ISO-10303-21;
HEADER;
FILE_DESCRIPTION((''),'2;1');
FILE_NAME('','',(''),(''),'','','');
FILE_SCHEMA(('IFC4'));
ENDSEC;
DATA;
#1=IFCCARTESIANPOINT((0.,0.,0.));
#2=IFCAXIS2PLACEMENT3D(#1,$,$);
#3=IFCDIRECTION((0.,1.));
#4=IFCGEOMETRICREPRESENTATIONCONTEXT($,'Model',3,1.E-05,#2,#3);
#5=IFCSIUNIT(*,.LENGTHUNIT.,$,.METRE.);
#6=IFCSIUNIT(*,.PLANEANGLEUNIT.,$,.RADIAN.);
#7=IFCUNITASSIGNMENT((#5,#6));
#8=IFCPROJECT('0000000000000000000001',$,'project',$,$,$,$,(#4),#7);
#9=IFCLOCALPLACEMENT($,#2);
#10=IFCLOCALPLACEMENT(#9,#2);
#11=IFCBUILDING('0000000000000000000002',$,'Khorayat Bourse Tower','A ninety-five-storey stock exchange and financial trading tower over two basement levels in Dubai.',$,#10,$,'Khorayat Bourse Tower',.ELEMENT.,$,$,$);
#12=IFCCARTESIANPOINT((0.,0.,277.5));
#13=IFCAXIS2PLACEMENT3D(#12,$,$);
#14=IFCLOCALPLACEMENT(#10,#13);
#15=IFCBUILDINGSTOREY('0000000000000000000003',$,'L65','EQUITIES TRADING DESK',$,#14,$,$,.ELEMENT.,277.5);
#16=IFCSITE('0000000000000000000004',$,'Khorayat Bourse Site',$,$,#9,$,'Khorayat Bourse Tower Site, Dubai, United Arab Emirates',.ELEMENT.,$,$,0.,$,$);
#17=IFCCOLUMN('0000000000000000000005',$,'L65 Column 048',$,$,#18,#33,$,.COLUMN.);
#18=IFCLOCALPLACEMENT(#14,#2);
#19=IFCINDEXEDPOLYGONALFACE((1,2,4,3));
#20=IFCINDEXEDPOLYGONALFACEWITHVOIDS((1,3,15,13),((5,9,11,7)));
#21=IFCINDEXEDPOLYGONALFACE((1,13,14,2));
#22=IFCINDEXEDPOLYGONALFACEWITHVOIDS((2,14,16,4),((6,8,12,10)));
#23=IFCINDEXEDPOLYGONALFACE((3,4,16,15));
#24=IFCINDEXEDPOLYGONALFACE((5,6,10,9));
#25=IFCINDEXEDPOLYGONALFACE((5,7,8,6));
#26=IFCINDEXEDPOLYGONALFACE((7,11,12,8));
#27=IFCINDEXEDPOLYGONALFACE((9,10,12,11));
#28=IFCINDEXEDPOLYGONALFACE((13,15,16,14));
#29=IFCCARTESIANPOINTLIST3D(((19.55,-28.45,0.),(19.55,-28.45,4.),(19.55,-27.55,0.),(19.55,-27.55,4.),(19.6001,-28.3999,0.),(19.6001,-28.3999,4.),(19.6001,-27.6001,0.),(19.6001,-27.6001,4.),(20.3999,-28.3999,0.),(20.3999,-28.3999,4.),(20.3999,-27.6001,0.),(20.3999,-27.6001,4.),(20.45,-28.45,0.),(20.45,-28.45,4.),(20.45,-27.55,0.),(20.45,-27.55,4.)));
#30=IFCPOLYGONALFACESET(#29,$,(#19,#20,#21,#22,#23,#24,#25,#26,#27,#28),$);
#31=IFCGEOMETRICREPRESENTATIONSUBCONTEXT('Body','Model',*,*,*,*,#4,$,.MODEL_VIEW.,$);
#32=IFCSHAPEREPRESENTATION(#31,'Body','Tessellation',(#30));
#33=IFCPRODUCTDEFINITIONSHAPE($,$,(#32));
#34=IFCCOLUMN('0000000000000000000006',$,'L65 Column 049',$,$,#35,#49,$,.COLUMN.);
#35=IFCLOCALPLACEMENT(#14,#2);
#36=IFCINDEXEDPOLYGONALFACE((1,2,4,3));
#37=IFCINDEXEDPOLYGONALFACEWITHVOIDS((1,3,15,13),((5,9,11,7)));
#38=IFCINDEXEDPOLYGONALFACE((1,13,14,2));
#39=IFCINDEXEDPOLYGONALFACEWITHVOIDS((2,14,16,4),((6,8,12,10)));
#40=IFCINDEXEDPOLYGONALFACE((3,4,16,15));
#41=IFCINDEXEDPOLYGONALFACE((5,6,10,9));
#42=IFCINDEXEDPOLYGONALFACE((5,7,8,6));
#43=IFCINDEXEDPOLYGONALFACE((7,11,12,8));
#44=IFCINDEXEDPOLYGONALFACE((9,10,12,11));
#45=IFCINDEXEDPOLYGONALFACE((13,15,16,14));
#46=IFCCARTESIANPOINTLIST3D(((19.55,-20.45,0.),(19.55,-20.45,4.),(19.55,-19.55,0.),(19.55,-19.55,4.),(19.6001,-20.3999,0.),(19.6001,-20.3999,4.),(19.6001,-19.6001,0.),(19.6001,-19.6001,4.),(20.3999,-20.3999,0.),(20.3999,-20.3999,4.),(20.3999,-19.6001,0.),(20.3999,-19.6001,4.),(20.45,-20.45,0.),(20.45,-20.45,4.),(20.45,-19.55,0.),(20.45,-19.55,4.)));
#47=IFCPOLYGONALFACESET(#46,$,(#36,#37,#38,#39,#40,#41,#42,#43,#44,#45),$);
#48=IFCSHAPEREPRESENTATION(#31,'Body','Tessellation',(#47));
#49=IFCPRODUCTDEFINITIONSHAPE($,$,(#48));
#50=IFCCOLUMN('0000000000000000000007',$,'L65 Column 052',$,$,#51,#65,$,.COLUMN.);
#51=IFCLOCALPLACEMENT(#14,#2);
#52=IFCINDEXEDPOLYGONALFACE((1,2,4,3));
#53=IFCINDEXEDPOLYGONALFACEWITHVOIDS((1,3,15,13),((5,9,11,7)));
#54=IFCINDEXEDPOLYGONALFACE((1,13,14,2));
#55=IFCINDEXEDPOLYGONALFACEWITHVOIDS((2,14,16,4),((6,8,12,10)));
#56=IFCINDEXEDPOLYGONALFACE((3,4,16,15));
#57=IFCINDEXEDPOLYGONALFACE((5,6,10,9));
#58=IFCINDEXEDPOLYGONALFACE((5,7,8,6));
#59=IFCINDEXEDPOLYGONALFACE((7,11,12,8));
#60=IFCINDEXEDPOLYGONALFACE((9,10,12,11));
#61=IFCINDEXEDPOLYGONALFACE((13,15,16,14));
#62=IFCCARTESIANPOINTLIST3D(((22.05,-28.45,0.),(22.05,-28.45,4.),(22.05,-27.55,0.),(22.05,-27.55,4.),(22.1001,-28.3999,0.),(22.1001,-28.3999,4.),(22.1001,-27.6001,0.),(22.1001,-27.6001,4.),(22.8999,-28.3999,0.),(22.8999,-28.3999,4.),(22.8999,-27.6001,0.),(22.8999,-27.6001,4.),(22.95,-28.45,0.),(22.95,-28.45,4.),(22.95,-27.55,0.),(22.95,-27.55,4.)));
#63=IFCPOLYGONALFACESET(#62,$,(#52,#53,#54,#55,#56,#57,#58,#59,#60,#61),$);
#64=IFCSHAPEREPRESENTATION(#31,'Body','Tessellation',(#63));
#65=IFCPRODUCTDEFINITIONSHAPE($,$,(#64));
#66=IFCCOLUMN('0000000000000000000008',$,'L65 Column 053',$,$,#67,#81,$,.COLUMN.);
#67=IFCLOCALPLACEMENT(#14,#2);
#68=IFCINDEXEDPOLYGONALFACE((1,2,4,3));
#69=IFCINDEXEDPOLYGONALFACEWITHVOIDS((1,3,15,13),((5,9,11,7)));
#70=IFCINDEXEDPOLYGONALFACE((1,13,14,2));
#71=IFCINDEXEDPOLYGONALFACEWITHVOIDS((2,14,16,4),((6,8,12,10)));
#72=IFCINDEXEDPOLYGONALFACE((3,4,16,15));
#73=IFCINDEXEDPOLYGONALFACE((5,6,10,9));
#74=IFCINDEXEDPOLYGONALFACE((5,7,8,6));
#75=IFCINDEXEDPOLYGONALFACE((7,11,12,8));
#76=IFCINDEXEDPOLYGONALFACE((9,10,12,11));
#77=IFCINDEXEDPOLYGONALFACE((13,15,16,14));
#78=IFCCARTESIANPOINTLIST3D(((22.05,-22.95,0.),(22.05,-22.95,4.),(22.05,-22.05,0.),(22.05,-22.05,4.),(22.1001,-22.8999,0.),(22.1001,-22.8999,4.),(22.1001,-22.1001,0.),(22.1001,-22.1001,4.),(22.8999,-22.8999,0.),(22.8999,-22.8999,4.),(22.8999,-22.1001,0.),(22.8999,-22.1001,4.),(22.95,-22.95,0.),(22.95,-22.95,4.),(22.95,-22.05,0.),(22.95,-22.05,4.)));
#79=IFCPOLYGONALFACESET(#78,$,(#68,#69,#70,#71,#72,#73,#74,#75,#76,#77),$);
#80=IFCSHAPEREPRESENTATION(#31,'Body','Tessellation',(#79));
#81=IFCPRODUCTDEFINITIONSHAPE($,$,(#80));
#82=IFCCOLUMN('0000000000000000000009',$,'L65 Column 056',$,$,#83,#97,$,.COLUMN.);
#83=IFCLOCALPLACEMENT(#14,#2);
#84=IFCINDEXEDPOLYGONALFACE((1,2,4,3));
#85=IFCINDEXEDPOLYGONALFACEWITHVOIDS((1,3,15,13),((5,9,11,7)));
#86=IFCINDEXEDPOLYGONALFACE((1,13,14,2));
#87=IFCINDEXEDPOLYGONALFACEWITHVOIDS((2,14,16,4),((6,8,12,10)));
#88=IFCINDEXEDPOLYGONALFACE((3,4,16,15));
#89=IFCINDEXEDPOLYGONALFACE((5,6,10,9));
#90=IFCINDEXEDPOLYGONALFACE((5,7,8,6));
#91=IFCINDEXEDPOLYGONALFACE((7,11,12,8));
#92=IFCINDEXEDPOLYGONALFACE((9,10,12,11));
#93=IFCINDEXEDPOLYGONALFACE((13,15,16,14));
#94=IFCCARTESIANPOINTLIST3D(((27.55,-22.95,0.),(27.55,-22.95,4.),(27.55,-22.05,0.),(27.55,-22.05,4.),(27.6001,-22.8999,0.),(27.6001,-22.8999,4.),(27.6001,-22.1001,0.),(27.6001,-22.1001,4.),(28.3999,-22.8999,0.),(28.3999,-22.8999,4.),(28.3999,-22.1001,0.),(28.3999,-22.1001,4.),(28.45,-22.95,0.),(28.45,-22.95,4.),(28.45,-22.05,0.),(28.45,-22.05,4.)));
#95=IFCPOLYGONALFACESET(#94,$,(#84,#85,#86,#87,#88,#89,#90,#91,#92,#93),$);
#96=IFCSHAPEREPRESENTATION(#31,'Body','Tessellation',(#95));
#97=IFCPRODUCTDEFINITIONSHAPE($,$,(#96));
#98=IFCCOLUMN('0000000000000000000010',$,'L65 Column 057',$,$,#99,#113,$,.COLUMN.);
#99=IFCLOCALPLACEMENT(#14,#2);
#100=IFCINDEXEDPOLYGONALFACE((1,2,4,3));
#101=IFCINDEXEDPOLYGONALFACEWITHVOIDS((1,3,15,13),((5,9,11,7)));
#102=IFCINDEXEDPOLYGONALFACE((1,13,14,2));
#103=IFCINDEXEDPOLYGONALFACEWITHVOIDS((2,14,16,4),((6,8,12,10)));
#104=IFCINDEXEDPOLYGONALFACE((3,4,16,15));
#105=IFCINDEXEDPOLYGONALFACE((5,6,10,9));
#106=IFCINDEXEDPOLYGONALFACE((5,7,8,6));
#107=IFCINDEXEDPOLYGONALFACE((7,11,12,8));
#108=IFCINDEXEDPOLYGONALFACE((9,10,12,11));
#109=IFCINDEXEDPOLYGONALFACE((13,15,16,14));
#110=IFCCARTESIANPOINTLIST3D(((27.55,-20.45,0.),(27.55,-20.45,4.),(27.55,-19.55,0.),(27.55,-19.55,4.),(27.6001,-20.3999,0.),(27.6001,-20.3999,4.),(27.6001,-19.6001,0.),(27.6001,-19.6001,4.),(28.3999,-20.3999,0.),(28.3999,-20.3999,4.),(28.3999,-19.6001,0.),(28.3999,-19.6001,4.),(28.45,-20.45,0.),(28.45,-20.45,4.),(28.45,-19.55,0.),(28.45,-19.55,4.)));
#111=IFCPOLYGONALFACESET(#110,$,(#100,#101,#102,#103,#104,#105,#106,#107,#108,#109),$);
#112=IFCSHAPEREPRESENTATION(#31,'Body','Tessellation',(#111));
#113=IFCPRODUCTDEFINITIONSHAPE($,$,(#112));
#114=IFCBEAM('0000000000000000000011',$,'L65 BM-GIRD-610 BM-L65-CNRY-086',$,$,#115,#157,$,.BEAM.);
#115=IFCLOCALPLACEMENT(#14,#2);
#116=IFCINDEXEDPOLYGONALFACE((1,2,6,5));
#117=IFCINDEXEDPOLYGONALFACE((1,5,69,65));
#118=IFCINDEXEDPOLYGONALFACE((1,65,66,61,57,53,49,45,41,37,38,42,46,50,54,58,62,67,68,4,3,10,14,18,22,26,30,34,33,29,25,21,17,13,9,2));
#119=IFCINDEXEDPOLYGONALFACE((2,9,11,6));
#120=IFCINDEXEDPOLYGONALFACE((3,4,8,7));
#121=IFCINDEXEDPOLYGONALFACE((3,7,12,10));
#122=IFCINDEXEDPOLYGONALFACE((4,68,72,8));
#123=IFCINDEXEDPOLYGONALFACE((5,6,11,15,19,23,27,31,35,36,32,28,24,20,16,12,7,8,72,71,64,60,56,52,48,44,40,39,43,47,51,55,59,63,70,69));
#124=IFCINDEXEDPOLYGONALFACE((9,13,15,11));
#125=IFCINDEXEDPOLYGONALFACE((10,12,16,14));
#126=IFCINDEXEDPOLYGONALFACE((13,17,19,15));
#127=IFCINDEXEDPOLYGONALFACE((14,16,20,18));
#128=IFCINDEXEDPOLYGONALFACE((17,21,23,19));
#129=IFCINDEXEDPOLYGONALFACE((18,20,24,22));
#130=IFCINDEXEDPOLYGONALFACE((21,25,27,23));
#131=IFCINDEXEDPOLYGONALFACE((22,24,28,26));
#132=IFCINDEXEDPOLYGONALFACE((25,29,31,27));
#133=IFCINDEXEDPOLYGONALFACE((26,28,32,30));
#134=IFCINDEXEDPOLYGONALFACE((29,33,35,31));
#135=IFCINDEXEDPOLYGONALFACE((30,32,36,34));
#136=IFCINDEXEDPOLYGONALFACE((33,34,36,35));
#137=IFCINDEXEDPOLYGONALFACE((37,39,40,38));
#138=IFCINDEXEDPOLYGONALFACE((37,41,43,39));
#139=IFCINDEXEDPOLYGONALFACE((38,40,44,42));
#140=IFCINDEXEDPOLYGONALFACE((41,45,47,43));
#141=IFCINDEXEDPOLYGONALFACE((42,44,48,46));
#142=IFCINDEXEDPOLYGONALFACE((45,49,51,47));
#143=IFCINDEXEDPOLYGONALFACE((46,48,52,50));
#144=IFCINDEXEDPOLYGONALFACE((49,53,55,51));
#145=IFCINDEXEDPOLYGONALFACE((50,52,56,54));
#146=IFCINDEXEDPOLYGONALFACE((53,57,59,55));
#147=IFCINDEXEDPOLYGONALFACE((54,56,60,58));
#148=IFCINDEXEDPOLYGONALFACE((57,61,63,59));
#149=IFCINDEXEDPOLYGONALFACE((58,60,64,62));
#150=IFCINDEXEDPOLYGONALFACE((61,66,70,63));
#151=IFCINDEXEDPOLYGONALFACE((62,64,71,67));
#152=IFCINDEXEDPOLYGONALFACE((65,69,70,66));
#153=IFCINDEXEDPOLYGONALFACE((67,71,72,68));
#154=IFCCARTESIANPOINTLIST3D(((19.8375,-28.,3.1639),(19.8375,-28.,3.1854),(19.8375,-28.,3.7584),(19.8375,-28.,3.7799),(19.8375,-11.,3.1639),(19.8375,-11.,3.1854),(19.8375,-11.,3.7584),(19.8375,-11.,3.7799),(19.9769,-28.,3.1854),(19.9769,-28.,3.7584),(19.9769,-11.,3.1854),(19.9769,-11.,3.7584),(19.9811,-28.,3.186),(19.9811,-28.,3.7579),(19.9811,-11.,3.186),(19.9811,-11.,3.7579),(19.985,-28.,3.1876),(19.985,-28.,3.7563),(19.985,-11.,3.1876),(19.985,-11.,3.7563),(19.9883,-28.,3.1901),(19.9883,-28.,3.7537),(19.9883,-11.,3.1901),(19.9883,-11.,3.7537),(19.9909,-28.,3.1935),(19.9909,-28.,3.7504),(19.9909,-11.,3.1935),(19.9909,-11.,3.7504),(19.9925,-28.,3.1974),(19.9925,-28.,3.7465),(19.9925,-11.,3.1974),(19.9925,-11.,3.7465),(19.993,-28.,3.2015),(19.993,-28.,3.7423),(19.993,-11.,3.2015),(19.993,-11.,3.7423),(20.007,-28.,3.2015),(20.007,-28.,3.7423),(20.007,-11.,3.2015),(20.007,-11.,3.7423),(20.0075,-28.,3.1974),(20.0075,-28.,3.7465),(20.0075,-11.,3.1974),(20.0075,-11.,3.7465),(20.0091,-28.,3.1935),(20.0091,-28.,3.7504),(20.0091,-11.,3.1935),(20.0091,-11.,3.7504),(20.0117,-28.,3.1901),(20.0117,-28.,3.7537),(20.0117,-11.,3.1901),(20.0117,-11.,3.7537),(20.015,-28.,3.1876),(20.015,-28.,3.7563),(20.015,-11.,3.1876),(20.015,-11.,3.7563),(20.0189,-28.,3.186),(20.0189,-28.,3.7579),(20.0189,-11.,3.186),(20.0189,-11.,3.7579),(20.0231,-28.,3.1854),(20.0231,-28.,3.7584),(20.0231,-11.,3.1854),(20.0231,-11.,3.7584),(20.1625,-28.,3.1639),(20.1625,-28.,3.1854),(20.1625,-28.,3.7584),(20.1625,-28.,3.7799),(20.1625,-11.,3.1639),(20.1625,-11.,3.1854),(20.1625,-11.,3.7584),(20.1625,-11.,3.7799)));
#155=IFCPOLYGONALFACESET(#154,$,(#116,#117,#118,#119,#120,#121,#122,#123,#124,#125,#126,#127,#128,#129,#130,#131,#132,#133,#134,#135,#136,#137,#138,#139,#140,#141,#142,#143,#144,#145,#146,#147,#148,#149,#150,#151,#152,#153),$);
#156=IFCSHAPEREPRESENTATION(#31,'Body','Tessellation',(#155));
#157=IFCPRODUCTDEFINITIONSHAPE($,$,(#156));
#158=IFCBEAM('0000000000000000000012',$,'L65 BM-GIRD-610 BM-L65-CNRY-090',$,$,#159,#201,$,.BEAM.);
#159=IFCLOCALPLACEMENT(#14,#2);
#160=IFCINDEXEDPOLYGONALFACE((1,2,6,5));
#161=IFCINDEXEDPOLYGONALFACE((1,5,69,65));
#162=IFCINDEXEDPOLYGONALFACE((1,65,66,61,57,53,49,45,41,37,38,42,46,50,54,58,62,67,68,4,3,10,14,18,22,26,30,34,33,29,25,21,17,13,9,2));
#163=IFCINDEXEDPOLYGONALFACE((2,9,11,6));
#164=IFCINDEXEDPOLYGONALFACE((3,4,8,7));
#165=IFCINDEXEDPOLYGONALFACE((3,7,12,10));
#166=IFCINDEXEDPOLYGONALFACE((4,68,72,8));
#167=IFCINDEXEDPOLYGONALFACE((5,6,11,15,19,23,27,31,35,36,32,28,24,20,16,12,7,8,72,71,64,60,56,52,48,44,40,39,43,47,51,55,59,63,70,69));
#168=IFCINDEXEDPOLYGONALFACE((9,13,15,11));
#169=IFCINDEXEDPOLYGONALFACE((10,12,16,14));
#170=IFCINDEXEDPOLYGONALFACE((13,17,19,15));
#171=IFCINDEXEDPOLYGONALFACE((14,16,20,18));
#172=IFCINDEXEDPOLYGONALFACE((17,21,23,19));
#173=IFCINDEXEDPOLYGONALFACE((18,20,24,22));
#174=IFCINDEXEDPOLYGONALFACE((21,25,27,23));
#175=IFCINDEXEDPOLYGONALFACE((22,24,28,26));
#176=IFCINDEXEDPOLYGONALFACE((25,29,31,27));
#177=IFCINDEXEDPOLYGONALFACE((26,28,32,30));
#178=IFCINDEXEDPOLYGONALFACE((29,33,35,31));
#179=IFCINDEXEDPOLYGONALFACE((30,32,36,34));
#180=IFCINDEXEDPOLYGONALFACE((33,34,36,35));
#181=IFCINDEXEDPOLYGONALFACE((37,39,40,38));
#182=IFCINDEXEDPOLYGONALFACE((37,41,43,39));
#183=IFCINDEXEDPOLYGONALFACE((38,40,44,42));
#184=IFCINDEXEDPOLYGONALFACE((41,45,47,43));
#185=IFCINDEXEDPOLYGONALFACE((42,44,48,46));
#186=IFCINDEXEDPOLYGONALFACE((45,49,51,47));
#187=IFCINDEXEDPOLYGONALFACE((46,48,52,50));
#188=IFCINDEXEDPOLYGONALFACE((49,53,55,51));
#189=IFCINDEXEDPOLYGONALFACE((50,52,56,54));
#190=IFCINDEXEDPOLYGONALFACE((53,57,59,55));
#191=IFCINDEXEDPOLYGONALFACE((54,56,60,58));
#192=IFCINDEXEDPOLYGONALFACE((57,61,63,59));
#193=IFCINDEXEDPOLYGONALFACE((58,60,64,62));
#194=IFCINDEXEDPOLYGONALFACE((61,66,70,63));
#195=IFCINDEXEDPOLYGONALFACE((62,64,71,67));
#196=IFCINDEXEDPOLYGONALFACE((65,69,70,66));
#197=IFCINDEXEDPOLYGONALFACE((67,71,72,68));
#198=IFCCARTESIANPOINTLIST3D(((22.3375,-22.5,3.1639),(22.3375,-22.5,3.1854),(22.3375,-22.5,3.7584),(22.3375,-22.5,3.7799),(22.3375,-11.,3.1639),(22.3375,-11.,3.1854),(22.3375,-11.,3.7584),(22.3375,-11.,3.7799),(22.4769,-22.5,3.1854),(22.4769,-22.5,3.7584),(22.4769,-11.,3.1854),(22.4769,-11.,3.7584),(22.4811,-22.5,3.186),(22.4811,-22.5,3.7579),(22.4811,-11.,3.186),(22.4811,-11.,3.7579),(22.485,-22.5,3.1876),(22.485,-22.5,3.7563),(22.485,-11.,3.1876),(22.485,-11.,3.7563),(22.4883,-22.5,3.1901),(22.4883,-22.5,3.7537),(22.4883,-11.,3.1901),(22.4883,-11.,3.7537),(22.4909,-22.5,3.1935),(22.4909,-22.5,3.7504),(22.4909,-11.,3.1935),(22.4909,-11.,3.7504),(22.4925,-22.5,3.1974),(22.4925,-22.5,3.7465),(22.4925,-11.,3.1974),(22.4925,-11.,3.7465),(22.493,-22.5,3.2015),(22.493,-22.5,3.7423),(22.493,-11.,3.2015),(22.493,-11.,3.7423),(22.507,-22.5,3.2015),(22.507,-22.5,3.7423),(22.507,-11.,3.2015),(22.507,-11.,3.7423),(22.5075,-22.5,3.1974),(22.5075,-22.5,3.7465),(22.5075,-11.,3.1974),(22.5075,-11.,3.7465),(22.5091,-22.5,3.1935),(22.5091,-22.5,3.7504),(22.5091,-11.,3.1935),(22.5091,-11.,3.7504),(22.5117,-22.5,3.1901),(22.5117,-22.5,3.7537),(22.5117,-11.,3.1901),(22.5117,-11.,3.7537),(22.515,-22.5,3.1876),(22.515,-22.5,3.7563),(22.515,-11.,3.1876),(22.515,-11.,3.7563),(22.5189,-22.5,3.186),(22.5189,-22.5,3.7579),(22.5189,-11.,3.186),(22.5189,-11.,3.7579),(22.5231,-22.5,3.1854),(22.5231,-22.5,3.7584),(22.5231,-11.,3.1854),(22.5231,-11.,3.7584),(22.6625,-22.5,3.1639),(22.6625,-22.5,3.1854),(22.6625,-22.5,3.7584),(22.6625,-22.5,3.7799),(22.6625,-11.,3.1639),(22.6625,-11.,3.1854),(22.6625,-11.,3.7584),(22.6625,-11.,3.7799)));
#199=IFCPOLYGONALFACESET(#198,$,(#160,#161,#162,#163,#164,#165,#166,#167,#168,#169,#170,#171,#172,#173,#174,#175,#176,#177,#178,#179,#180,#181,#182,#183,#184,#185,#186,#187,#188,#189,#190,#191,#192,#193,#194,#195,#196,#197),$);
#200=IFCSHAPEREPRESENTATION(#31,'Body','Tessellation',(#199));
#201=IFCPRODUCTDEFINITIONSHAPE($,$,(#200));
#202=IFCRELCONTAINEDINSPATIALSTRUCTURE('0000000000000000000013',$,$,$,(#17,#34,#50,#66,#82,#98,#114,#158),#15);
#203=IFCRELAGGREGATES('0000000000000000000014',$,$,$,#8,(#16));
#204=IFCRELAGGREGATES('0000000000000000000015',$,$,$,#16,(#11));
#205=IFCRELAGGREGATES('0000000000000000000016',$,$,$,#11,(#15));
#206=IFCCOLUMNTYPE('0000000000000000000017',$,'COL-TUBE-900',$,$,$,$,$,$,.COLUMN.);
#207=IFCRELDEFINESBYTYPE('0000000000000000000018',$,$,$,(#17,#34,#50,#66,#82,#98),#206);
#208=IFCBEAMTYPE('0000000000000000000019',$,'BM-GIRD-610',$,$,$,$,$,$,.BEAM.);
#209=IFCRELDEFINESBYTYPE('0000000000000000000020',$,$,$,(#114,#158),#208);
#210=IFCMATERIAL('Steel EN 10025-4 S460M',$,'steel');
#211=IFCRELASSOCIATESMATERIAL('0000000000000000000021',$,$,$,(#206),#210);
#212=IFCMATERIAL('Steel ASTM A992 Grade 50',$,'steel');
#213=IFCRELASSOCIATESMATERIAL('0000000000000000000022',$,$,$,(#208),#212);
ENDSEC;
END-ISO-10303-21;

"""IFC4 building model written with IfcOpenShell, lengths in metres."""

from ifc_helpers import new_model, si_unit, direction, frame, origin, origin_2d, place, context, subcontext, project, spatial, hollow_rectangle, i_section, extrude, source, transform, mapped, material, material_profile, profile_set, type_object, element, save


model = new_model("IFC4")

# Units and contexts
model_context = context("Model", 3, precision=1e-05, world=origin(), true_north=direction((0.0, 1.0)))
body_context = subcontext(model_context, "Body", "Model", "MODEL_VIEW")
ifc_project = project(units=[si_unit("LENGTHUNIT", "METRE"), si_unit("PLANEANGLEUNIT", "RADIAN")], contexts=[model_context])

# Site, building, storey
site_placement = place(None, origin())
site = spatial("IfcSite", under=ifc_project, at=site_placement, Name="Khorayat Bourse Site", LongName="Khorayat Bourse Tower Site, Dubai, United Arab Emirates", CompositionType="ELEMENT", RefElevation=0.0)
building_placement = place(site_placement, origin())
building = spatial("IfcBuilding", under=site, at=building_placement, Name="Khorayat Bourse Tower", Description="A ninety-five-storey stock exchange and financial trading tower over two basement levels in Dubai.", LongName="Khorayat Bourse Tower", CompositionType="ELEMENT")
storey_placement = place(building_placement, frame((0.0, 0.0, 277.5)))
storey = spatial("IfcBuildingStorey", under=building, at=storey_placement, Name="L65", Description="EQUITIES TRADING DESK", CompositionType="ELEMENT", Elevation=277.5)

# Columns
ifc_material_1 = material(Name="Steel EN 10025-4 S460M", Category="steel")
ifc_material_profile_1 = material_profile(ifc_material_1, hollow_rectangle(XDim=0.8999, YDim=0.8999, WallThickness=0.05, at=origin_2d()), Name="BOX 900x900x50")
ifc_profile_set_1 = profile_set([ifc_material_profile_1], Name="Steel EN 10025-4 S460M")
column_type = type_object("IfcColumnType", Name="COL-TUBE-900", PredefinedType="COLUMN", material=ifc_profile_set_1)
shared_shape_1 = source(origin(), body_context, "Body", "SweptSolid", [
    extrude(hollow_rectangle(XDim=0.8999, YDim=0.8999, WallThickness=0.05, at=origin_2d()), origin(), (0.0, 0.0, 1.0), 4.0),
])
for number, where, z_axis, x_axis, name in (
    (1, (20.0, -28.0, 0.0), (0.0, 0.0, 1.0), (1.0, 0.0, 0.0), "L65 Column 048"),
    (2, (20.0, -20.0, 0.0), (0.0, 0.0, 1.0), (1.0, 0.0, 0.0), "L65 Column 049"),
    (3, (22.5, -28.0, 0.0), (0.0, 0.0, 1.0), (1.0, 0.0, 0.0), "L65 Column 052"),
    (4, (22.5, -22.5, 0.0), (0.0, 0.0, 1.0), (1.0, 0.0, 0.0), "L65 Column 053"),
    (5, (28.0, -22.5, 0.0), (0.0, 0.0, 1.0), (1.0, 0.0, 0.0), "L65 Column 056"),
    (6, (28.0, -20.0, 0.0), (0.0, 0.0, 1.0), (1.0, 0.0, 0.0), "L65 Column 057"),
):
    element("IfcColumn", number, at=place(storey_placement, frame(where, z_axis=z_axis, x_axis=x_axis)), inside=storey, type_object=column_type, Name=name, PredefinedType="COLUMN", context=body_context, shape_type="MappedRepresentation", body=[
        mapped(shared_shape_1, transform((0.0, 0.0, 0.0), scale=1.0)),
    ])

# Beams
ifc_material_2 = material(Name="Steel ASTM A992 Grade 50", Category="steel")
ifc_material_profile_2 = material_profile(ifc_material_2, i_section(OverallWidth=0.325, OverallDepth=0.616, WebThickness=0.0139, FlangeThickness=0.0215, FilletRadius=0.0161, at=origin_2d()), Name="W610X174")
ifc_profile_set_2 = profile_set([ifc_material_profile_2], Name="Steel ASTM A992 Grade 50")
beam_type_1 = type_object("IfcBeamType", Name="BM-GIRD-610", PredefinedType="BEAM", material=ifc_profile_set_2)
shared_shape_2 = source(origin(), body_context, "Body", "SweptSolid", [
    extrude(i_section(OverallWidth=0.325, OverallDepth=0.616, WebThickness=0.0139, FlangeThickness=0.0215, FilletRadius=0.0161, at=origin_2d()), origin(), (0.0, 0.0, 1.0), 17.0),
])
beam_1_placement = place(storey_placement, frame((20.0, -28.0, 3.4719), z_axis=(0.0, 1.0, 0.0), x_axis=(-1.0, 0.0, 0.0)))
element("IfcBeam", 7, at=beam_1_placement, inside=storey, type_object=beam_type_1, Name="L65 BM-GIRD-610 BM-L65-CNRY-086", PredefinedType="BEAM", context=body_context, shape_type="MappedRepresentation", body=[
    mapped(shared_shape_2, transform((0.0, 0.0, 0.0), scale=1.0)),
])
shared_shape_3 = source(origin(), body_context, "Body", "SweptSolid", [
    extrude(i_section(OverallWidth=0.325, OverallDepth=0.616, WebThickness=0.0139, FlangeThickness=0.0215, FilletRadius=0.0161, at=origin_2d()), origin(), (0.0, 0.0, 1.0), 11.5),
])
beam_2_placement = place(storey_placement, frame((22.5, -22.5, 3.4719), z_axis=(0.0, 1.0, 0.0), x_axis=(-1.0, 0.0, 0.0)))
element("IfcBeam", 8, at=beam_2_placement, inside=storey, type_object=beam_type_1, Name="L65 BM-GIRD-610 BM-L65-CNRY-090", PredefinedType="BEAM", context=body_context, shape_type="MappedRepresentation", body=[
    mapped(shared_shape_3, transform((0.0, 0.0, 0.0), scale=1.0)),
])

save(model, "model.ifc")
